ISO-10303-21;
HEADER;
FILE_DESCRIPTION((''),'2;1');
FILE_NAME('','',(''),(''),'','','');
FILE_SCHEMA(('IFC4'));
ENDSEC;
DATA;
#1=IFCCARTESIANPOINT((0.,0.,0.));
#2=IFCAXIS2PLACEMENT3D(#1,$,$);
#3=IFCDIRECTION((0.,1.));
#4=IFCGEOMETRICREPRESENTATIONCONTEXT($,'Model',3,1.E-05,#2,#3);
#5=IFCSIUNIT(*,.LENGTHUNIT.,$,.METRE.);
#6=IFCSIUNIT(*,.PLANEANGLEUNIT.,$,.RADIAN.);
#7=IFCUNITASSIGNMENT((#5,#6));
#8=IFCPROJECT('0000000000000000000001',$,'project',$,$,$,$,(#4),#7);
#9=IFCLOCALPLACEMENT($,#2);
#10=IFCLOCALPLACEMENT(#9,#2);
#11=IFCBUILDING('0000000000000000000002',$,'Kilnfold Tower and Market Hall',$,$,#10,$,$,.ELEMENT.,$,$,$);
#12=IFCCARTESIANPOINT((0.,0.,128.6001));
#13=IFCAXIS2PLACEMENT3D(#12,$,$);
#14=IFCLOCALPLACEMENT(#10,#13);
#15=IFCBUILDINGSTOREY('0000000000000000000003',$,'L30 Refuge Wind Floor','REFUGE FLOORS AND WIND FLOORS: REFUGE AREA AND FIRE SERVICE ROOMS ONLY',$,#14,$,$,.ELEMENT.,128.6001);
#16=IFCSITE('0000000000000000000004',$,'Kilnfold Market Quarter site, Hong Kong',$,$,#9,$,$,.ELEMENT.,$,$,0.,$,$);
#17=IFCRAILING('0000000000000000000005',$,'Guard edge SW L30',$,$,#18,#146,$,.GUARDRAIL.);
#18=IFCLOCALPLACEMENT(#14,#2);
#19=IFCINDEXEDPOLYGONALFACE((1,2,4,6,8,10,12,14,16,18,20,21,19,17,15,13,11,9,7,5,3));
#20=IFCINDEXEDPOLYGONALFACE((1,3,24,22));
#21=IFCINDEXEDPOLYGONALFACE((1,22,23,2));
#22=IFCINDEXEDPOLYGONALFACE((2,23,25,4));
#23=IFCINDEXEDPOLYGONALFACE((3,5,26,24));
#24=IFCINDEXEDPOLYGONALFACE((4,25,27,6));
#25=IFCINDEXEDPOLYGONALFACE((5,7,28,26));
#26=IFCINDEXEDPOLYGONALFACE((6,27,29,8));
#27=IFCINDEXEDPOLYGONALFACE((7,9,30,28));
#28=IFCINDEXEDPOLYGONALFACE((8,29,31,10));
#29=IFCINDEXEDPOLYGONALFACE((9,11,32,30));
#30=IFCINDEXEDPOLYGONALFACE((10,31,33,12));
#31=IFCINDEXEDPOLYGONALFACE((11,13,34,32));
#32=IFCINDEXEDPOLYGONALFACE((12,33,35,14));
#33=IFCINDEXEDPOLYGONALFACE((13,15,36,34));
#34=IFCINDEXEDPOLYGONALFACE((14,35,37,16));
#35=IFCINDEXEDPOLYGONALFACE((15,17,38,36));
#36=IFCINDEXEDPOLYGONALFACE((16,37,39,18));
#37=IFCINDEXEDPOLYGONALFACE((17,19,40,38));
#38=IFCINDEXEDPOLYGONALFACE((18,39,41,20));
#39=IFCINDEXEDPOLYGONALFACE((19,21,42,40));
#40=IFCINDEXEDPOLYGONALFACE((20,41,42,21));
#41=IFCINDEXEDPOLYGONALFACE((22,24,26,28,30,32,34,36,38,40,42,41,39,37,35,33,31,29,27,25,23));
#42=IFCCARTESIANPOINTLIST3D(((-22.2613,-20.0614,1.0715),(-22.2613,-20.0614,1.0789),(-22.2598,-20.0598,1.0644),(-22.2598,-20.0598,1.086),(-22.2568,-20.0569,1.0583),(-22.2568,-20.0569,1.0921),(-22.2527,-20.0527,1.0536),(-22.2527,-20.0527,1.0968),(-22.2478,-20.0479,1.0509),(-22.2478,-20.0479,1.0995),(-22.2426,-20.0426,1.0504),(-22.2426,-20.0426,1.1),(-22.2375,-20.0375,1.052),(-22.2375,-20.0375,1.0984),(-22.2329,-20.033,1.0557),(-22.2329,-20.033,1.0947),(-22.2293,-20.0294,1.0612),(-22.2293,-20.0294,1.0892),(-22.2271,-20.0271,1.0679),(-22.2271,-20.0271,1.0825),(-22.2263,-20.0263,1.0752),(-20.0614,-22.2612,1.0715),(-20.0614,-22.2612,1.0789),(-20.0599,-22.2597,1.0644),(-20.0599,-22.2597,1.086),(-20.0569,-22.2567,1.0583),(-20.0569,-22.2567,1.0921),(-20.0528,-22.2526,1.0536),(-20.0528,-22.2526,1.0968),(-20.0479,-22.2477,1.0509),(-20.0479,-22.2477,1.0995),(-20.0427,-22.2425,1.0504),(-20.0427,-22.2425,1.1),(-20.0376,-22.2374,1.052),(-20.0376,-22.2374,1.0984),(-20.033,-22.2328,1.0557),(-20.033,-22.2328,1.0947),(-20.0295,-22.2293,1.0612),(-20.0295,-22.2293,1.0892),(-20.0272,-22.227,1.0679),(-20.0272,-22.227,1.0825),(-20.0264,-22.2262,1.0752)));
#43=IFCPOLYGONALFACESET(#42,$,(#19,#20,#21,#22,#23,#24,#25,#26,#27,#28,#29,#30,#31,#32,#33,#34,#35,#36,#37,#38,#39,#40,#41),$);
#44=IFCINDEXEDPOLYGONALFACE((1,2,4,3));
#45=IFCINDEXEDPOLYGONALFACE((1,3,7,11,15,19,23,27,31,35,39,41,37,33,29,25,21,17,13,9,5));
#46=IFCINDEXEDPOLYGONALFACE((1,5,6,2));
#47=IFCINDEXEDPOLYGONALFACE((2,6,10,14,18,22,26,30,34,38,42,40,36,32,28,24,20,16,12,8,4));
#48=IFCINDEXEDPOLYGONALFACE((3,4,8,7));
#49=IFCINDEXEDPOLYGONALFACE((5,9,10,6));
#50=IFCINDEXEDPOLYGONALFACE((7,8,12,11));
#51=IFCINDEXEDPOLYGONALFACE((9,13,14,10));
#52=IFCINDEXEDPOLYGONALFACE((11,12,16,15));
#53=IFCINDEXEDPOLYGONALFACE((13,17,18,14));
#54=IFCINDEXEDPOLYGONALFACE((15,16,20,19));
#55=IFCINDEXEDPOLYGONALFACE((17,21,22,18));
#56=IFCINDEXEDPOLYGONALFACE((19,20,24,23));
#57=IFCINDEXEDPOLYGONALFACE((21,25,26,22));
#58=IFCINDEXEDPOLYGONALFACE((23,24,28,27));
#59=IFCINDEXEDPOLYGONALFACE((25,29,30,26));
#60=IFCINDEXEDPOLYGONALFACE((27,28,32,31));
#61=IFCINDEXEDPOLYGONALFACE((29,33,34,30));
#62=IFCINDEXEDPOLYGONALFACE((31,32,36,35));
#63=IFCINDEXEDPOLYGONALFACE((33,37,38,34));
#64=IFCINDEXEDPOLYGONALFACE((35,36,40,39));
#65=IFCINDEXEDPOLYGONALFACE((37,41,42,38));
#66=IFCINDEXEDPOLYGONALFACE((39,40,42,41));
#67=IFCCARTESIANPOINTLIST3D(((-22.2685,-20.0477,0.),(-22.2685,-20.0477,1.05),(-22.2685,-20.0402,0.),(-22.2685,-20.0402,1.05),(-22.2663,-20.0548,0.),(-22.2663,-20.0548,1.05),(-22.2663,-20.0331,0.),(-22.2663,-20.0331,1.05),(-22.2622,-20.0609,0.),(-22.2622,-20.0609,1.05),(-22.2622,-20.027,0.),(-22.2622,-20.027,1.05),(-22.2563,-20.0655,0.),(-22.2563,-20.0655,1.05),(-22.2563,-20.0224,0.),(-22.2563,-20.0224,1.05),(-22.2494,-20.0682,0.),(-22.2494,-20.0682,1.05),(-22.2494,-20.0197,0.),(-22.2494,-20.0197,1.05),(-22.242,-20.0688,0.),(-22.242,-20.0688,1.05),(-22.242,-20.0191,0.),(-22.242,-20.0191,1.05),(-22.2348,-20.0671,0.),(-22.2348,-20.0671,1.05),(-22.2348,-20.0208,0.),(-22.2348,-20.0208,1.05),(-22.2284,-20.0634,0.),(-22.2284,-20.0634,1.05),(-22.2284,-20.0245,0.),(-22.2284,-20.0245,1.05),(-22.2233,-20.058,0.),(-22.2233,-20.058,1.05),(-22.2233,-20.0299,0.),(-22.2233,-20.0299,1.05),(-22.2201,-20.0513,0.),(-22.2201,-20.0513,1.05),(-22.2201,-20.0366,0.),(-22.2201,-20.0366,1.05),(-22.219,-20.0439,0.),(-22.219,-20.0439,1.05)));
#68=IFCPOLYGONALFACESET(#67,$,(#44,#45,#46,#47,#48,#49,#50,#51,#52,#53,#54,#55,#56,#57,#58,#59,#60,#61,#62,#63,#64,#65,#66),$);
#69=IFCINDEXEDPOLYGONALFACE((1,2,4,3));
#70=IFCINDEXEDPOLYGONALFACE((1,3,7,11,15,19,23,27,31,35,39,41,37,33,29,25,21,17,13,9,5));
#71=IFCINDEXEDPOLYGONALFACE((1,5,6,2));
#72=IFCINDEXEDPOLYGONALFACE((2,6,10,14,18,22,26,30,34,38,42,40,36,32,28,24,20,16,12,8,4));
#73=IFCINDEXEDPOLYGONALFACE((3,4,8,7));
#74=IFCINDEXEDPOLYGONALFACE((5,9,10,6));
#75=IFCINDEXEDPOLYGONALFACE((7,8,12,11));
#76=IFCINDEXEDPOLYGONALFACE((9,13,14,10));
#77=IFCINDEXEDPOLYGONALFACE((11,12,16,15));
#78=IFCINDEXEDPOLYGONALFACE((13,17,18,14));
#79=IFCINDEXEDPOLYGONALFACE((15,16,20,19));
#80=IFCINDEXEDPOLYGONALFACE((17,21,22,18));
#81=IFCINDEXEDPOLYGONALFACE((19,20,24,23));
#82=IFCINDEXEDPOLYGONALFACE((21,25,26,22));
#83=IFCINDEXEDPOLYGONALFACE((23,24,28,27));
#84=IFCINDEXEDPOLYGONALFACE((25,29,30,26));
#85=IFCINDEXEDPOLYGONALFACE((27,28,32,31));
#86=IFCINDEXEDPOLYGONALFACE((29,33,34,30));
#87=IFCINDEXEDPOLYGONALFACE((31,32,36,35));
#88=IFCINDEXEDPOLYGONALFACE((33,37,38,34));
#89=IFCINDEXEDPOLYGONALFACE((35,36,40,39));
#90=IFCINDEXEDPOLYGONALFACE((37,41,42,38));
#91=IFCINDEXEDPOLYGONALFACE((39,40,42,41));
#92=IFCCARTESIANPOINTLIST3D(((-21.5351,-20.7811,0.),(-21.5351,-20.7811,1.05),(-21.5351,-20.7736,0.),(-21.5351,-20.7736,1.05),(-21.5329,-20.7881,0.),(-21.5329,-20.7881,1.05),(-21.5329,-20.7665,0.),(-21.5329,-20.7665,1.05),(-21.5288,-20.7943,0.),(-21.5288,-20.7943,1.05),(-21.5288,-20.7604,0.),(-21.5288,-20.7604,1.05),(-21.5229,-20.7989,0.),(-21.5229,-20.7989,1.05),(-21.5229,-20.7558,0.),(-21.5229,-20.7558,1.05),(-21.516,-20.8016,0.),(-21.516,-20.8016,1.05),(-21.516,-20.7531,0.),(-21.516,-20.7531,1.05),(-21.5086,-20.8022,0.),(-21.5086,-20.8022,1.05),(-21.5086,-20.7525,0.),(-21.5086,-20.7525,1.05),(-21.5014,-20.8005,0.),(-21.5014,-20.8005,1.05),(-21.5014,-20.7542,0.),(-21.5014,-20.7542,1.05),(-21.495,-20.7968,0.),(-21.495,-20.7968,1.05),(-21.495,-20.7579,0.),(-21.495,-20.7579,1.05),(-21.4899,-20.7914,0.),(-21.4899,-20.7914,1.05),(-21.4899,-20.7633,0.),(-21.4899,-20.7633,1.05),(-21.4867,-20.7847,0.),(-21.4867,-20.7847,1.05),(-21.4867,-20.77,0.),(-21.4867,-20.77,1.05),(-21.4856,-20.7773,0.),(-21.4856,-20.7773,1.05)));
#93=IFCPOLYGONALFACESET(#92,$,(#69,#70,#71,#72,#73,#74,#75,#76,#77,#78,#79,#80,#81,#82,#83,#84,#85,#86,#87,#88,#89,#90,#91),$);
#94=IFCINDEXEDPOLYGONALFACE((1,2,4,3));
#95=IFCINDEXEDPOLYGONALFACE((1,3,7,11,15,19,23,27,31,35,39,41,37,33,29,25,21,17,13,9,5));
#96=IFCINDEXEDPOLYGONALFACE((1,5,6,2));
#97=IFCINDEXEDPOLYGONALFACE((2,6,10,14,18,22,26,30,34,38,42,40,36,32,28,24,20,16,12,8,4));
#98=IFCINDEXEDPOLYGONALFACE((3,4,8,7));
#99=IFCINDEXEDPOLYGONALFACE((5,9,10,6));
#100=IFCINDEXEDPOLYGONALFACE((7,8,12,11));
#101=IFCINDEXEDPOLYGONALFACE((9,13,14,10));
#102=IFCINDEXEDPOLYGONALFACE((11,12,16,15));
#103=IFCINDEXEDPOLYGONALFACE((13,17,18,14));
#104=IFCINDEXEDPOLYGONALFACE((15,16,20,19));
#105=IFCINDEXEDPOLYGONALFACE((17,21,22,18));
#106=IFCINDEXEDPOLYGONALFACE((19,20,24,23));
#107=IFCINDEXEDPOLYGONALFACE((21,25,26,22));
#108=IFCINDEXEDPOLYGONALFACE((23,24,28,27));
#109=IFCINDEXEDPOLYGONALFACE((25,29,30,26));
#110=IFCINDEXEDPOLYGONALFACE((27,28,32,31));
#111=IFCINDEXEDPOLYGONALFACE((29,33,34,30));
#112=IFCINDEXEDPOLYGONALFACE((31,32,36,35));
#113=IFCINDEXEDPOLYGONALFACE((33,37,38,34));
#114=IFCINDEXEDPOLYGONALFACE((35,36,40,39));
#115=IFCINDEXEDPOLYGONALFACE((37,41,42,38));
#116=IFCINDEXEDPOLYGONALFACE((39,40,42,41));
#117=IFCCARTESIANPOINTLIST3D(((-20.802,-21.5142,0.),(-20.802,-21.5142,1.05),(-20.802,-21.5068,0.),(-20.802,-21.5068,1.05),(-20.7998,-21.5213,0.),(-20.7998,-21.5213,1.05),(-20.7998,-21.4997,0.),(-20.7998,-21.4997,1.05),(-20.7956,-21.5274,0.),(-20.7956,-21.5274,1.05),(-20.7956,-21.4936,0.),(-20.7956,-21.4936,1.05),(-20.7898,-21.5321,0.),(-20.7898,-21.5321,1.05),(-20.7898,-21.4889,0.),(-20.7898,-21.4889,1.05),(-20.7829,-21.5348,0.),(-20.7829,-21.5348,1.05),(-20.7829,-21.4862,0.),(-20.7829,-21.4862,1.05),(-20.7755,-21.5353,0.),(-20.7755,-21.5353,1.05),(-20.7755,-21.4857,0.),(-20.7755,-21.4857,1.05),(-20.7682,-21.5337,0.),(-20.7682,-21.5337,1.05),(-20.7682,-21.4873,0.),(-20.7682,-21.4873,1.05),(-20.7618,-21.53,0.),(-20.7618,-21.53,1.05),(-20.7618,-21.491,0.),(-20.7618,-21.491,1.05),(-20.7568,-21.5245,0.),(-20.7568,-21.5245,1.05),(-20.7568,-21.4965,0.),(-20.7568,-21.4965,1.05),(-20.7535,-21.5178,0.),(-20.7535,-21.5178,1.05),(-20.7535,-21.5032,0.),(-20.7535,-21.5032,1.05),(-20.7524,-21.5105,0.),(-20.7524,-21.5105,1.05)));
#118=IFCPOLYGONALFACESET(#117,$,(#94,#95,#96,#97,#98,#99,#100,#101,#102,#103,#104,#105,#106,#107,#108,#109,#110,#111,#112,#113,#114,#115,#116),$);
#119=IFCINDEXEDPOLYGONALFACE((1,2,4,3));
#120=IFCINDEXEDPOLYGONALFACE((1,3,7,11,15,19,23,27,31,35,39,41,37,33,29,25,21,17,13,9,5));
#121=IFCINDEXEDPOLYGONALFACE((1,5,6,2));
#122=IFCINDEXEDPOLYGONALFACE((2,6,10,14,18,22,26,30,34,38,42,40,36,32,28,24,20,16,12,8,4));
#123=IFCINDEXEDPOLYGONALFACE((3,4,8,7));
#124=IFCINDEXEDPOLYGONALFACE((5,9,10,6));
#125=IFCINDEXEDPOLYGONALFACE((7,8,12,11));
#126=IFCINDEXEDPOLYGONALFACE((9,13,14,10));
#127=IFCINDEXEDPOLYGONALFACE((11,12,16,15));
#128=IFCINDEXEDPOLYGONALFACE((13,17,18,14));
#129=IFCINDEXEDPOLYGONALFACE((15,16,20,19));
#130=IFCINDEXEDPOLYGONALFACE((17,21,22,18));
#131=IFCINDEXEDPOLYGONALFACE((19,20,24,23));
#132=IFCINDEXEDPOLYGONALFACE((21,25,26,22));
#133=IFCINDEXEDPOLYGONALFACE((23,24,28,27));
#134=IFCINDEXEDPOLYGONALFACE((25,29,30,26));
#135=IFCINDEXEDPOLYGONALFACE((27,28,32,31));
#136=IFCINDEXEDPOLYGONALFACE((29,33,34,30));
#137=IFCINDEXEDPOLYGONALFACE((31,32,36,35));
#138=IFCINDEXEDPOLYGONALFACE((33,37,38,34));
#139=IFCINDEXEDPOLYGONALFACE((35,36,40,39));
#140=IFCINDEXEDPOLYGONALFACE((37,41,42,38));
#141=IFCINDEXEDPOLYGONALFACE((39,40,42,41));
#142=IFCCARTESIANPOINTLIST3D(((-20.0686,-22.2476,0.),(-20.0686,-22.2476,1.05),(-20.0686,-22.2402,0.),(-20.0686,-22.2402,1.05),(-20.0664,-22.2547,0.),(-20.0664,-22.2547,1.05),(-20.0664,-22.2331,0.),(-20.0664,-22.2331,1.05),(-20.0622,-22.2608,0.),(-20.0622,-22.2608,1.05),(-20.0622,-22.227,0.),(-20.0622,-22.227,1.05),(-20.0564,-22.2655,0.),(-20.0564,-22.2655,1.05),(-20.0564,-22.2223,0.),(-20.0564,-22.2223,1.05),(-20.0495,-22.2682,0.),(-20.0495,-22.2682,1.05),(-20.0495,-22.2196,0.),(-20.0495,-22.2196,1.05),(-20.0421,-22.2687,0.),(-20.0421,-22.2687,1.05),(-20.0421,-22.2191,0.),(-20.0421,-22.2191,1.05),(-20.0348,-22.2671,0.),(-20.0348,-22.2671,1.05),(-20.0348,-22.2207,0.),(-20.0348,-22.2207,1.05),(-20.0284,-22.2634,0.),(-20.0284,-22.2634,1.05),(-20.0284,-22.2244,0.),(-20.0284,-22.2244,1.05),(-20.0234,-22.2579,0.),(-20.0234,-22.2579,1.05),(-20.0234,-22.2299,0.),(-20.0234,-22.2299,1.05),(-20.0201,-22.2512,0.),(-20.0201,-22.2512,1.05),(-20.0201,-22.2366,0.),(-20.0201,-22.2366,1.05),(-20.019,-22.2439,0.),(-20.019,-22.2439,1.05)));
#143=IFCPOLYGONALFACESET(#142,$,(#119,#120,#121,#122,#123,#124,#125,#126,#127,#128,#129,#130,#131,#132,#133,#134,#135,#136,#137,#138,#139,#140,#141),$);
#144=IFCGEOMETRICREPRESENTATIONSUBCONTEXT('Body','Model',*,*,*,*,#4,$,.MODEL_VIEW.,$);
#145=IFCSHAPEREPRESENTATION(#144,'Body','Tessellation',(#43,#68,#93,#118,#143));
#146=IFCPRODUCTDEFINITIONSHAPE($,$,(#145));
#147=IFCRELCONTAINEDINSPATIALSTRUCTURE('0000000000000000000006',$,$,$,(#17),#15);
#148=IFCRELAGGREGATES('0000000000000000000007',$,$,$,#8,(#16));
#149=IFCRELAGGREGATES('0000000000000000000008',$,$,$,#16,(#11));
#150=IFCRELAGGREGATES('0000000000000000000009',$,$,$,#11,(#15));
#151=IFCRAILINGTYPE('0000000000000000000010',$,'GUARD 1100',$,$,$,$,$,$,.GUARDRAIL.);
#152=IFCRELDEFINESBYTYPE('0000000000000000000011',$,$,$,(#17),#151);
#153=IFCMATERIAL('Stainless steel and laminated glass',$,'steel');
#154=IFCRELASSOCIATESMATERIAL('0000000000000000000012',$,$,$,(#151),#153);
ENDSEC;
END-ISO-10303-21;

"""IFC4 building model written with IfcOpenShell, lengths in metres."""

from ifc_helpers import new_model, si_unit, direction, frame, origin, origin_2d, place, context, subcontext, project, spatial, circle, extrude, material, type_object, element, save


model = new_model("IFC4")

# Units and contexts
model_context = context("Model", 3, precision=1e-05, world=origin(), true_north=direction((0.0, 1.0)))
body_context = subcontext(model_context, "Body", "Model", "MODEL_VIEW")
ifc_project = project(units=[si_unit("LENGTHUNIT", "METRE"), si_unit("PLANEANGLEUNIT", "RADIAN")], contexts=[model_context])

# Site, building, storey
site_placement = place(None, origin())
site = spatial("IfcSite", under=ifc_project, at=site_placement, Name="Kilnfold Market Quarter site, Hong Kong", CompositionType="ELEMENT", RefElevation=0.0)
building_placement = place(site_placement, origin())
building = spatial("IfcBuilding", under=site, at=building_placement, Name="Kilnfold Tower and Market Hall", CompositionType="ELEMENT")
storey_placement = place(building_placement, frame((0.0, 0.0, 128.6001)))
storey = spatial("IfcBuildingStorey", under=building, at=storey_placement, Name="L30 Refuge Wind Floor", Description="REFUGE FLOORS AND WIND FLOORS: REFUGE AREA AND FIRE SERVICE ROOMS ONLY", CompositionType="ELEMENT", Elevation=128.6001)

# Railing
ifc_material_1 = material(Name="Stainless steel and laminated glass", Category="steel")
railing_type_1 = type_object("IfcRailingType", Name="GUARD 1100", PredefinedType="GUARDRAIL", material=ifc_material_1)
railing_1_placement = place(storey_placement, frame((-22.2439, -20.0439, 0.0)))
element("IfcRailing", 1, at=railing_1_placement, inside=storey, type_object=railing_type_1, Name="Guard edge SW L30", PredefinedType="GUARDRAIL", context=body_context, shape_type="SweptSolid", body=[
    extrude(circle(Radius=0.0249, at=origin_2d()), frame((0.0, 0.0, 1.0752), z_axis=(0.707107, -0.707107, 0.0), x_axis=(0.707107, 0.707107, 0.0)), (0.0, 0.0, 1.0), 3.1111),
    extrude(circle(Radius=0.0249, at=origin_2d()), origin(), (0.0, 0.0, 1.0), 1.05),
    extrude(circle(Radius=0.0249, at=origin_2d()), frame((0.7334, -0.7334, 0.0)), (0.0, 0.0, 1.0), 1.05),
    extrude(circle(Radius=0.0249, at=origin_2d()), frame((1.4666, -1.4666, 0.0)), (0.0, 0.0, 1.0), 1.05),
    extrude(circle(Radius=0.0249, at=origin_2d()), frame((2.2, -2.2, 0.0)), (0.0, 0.0, 1.0), 1.05),
])

save(model, "model.ifc")
